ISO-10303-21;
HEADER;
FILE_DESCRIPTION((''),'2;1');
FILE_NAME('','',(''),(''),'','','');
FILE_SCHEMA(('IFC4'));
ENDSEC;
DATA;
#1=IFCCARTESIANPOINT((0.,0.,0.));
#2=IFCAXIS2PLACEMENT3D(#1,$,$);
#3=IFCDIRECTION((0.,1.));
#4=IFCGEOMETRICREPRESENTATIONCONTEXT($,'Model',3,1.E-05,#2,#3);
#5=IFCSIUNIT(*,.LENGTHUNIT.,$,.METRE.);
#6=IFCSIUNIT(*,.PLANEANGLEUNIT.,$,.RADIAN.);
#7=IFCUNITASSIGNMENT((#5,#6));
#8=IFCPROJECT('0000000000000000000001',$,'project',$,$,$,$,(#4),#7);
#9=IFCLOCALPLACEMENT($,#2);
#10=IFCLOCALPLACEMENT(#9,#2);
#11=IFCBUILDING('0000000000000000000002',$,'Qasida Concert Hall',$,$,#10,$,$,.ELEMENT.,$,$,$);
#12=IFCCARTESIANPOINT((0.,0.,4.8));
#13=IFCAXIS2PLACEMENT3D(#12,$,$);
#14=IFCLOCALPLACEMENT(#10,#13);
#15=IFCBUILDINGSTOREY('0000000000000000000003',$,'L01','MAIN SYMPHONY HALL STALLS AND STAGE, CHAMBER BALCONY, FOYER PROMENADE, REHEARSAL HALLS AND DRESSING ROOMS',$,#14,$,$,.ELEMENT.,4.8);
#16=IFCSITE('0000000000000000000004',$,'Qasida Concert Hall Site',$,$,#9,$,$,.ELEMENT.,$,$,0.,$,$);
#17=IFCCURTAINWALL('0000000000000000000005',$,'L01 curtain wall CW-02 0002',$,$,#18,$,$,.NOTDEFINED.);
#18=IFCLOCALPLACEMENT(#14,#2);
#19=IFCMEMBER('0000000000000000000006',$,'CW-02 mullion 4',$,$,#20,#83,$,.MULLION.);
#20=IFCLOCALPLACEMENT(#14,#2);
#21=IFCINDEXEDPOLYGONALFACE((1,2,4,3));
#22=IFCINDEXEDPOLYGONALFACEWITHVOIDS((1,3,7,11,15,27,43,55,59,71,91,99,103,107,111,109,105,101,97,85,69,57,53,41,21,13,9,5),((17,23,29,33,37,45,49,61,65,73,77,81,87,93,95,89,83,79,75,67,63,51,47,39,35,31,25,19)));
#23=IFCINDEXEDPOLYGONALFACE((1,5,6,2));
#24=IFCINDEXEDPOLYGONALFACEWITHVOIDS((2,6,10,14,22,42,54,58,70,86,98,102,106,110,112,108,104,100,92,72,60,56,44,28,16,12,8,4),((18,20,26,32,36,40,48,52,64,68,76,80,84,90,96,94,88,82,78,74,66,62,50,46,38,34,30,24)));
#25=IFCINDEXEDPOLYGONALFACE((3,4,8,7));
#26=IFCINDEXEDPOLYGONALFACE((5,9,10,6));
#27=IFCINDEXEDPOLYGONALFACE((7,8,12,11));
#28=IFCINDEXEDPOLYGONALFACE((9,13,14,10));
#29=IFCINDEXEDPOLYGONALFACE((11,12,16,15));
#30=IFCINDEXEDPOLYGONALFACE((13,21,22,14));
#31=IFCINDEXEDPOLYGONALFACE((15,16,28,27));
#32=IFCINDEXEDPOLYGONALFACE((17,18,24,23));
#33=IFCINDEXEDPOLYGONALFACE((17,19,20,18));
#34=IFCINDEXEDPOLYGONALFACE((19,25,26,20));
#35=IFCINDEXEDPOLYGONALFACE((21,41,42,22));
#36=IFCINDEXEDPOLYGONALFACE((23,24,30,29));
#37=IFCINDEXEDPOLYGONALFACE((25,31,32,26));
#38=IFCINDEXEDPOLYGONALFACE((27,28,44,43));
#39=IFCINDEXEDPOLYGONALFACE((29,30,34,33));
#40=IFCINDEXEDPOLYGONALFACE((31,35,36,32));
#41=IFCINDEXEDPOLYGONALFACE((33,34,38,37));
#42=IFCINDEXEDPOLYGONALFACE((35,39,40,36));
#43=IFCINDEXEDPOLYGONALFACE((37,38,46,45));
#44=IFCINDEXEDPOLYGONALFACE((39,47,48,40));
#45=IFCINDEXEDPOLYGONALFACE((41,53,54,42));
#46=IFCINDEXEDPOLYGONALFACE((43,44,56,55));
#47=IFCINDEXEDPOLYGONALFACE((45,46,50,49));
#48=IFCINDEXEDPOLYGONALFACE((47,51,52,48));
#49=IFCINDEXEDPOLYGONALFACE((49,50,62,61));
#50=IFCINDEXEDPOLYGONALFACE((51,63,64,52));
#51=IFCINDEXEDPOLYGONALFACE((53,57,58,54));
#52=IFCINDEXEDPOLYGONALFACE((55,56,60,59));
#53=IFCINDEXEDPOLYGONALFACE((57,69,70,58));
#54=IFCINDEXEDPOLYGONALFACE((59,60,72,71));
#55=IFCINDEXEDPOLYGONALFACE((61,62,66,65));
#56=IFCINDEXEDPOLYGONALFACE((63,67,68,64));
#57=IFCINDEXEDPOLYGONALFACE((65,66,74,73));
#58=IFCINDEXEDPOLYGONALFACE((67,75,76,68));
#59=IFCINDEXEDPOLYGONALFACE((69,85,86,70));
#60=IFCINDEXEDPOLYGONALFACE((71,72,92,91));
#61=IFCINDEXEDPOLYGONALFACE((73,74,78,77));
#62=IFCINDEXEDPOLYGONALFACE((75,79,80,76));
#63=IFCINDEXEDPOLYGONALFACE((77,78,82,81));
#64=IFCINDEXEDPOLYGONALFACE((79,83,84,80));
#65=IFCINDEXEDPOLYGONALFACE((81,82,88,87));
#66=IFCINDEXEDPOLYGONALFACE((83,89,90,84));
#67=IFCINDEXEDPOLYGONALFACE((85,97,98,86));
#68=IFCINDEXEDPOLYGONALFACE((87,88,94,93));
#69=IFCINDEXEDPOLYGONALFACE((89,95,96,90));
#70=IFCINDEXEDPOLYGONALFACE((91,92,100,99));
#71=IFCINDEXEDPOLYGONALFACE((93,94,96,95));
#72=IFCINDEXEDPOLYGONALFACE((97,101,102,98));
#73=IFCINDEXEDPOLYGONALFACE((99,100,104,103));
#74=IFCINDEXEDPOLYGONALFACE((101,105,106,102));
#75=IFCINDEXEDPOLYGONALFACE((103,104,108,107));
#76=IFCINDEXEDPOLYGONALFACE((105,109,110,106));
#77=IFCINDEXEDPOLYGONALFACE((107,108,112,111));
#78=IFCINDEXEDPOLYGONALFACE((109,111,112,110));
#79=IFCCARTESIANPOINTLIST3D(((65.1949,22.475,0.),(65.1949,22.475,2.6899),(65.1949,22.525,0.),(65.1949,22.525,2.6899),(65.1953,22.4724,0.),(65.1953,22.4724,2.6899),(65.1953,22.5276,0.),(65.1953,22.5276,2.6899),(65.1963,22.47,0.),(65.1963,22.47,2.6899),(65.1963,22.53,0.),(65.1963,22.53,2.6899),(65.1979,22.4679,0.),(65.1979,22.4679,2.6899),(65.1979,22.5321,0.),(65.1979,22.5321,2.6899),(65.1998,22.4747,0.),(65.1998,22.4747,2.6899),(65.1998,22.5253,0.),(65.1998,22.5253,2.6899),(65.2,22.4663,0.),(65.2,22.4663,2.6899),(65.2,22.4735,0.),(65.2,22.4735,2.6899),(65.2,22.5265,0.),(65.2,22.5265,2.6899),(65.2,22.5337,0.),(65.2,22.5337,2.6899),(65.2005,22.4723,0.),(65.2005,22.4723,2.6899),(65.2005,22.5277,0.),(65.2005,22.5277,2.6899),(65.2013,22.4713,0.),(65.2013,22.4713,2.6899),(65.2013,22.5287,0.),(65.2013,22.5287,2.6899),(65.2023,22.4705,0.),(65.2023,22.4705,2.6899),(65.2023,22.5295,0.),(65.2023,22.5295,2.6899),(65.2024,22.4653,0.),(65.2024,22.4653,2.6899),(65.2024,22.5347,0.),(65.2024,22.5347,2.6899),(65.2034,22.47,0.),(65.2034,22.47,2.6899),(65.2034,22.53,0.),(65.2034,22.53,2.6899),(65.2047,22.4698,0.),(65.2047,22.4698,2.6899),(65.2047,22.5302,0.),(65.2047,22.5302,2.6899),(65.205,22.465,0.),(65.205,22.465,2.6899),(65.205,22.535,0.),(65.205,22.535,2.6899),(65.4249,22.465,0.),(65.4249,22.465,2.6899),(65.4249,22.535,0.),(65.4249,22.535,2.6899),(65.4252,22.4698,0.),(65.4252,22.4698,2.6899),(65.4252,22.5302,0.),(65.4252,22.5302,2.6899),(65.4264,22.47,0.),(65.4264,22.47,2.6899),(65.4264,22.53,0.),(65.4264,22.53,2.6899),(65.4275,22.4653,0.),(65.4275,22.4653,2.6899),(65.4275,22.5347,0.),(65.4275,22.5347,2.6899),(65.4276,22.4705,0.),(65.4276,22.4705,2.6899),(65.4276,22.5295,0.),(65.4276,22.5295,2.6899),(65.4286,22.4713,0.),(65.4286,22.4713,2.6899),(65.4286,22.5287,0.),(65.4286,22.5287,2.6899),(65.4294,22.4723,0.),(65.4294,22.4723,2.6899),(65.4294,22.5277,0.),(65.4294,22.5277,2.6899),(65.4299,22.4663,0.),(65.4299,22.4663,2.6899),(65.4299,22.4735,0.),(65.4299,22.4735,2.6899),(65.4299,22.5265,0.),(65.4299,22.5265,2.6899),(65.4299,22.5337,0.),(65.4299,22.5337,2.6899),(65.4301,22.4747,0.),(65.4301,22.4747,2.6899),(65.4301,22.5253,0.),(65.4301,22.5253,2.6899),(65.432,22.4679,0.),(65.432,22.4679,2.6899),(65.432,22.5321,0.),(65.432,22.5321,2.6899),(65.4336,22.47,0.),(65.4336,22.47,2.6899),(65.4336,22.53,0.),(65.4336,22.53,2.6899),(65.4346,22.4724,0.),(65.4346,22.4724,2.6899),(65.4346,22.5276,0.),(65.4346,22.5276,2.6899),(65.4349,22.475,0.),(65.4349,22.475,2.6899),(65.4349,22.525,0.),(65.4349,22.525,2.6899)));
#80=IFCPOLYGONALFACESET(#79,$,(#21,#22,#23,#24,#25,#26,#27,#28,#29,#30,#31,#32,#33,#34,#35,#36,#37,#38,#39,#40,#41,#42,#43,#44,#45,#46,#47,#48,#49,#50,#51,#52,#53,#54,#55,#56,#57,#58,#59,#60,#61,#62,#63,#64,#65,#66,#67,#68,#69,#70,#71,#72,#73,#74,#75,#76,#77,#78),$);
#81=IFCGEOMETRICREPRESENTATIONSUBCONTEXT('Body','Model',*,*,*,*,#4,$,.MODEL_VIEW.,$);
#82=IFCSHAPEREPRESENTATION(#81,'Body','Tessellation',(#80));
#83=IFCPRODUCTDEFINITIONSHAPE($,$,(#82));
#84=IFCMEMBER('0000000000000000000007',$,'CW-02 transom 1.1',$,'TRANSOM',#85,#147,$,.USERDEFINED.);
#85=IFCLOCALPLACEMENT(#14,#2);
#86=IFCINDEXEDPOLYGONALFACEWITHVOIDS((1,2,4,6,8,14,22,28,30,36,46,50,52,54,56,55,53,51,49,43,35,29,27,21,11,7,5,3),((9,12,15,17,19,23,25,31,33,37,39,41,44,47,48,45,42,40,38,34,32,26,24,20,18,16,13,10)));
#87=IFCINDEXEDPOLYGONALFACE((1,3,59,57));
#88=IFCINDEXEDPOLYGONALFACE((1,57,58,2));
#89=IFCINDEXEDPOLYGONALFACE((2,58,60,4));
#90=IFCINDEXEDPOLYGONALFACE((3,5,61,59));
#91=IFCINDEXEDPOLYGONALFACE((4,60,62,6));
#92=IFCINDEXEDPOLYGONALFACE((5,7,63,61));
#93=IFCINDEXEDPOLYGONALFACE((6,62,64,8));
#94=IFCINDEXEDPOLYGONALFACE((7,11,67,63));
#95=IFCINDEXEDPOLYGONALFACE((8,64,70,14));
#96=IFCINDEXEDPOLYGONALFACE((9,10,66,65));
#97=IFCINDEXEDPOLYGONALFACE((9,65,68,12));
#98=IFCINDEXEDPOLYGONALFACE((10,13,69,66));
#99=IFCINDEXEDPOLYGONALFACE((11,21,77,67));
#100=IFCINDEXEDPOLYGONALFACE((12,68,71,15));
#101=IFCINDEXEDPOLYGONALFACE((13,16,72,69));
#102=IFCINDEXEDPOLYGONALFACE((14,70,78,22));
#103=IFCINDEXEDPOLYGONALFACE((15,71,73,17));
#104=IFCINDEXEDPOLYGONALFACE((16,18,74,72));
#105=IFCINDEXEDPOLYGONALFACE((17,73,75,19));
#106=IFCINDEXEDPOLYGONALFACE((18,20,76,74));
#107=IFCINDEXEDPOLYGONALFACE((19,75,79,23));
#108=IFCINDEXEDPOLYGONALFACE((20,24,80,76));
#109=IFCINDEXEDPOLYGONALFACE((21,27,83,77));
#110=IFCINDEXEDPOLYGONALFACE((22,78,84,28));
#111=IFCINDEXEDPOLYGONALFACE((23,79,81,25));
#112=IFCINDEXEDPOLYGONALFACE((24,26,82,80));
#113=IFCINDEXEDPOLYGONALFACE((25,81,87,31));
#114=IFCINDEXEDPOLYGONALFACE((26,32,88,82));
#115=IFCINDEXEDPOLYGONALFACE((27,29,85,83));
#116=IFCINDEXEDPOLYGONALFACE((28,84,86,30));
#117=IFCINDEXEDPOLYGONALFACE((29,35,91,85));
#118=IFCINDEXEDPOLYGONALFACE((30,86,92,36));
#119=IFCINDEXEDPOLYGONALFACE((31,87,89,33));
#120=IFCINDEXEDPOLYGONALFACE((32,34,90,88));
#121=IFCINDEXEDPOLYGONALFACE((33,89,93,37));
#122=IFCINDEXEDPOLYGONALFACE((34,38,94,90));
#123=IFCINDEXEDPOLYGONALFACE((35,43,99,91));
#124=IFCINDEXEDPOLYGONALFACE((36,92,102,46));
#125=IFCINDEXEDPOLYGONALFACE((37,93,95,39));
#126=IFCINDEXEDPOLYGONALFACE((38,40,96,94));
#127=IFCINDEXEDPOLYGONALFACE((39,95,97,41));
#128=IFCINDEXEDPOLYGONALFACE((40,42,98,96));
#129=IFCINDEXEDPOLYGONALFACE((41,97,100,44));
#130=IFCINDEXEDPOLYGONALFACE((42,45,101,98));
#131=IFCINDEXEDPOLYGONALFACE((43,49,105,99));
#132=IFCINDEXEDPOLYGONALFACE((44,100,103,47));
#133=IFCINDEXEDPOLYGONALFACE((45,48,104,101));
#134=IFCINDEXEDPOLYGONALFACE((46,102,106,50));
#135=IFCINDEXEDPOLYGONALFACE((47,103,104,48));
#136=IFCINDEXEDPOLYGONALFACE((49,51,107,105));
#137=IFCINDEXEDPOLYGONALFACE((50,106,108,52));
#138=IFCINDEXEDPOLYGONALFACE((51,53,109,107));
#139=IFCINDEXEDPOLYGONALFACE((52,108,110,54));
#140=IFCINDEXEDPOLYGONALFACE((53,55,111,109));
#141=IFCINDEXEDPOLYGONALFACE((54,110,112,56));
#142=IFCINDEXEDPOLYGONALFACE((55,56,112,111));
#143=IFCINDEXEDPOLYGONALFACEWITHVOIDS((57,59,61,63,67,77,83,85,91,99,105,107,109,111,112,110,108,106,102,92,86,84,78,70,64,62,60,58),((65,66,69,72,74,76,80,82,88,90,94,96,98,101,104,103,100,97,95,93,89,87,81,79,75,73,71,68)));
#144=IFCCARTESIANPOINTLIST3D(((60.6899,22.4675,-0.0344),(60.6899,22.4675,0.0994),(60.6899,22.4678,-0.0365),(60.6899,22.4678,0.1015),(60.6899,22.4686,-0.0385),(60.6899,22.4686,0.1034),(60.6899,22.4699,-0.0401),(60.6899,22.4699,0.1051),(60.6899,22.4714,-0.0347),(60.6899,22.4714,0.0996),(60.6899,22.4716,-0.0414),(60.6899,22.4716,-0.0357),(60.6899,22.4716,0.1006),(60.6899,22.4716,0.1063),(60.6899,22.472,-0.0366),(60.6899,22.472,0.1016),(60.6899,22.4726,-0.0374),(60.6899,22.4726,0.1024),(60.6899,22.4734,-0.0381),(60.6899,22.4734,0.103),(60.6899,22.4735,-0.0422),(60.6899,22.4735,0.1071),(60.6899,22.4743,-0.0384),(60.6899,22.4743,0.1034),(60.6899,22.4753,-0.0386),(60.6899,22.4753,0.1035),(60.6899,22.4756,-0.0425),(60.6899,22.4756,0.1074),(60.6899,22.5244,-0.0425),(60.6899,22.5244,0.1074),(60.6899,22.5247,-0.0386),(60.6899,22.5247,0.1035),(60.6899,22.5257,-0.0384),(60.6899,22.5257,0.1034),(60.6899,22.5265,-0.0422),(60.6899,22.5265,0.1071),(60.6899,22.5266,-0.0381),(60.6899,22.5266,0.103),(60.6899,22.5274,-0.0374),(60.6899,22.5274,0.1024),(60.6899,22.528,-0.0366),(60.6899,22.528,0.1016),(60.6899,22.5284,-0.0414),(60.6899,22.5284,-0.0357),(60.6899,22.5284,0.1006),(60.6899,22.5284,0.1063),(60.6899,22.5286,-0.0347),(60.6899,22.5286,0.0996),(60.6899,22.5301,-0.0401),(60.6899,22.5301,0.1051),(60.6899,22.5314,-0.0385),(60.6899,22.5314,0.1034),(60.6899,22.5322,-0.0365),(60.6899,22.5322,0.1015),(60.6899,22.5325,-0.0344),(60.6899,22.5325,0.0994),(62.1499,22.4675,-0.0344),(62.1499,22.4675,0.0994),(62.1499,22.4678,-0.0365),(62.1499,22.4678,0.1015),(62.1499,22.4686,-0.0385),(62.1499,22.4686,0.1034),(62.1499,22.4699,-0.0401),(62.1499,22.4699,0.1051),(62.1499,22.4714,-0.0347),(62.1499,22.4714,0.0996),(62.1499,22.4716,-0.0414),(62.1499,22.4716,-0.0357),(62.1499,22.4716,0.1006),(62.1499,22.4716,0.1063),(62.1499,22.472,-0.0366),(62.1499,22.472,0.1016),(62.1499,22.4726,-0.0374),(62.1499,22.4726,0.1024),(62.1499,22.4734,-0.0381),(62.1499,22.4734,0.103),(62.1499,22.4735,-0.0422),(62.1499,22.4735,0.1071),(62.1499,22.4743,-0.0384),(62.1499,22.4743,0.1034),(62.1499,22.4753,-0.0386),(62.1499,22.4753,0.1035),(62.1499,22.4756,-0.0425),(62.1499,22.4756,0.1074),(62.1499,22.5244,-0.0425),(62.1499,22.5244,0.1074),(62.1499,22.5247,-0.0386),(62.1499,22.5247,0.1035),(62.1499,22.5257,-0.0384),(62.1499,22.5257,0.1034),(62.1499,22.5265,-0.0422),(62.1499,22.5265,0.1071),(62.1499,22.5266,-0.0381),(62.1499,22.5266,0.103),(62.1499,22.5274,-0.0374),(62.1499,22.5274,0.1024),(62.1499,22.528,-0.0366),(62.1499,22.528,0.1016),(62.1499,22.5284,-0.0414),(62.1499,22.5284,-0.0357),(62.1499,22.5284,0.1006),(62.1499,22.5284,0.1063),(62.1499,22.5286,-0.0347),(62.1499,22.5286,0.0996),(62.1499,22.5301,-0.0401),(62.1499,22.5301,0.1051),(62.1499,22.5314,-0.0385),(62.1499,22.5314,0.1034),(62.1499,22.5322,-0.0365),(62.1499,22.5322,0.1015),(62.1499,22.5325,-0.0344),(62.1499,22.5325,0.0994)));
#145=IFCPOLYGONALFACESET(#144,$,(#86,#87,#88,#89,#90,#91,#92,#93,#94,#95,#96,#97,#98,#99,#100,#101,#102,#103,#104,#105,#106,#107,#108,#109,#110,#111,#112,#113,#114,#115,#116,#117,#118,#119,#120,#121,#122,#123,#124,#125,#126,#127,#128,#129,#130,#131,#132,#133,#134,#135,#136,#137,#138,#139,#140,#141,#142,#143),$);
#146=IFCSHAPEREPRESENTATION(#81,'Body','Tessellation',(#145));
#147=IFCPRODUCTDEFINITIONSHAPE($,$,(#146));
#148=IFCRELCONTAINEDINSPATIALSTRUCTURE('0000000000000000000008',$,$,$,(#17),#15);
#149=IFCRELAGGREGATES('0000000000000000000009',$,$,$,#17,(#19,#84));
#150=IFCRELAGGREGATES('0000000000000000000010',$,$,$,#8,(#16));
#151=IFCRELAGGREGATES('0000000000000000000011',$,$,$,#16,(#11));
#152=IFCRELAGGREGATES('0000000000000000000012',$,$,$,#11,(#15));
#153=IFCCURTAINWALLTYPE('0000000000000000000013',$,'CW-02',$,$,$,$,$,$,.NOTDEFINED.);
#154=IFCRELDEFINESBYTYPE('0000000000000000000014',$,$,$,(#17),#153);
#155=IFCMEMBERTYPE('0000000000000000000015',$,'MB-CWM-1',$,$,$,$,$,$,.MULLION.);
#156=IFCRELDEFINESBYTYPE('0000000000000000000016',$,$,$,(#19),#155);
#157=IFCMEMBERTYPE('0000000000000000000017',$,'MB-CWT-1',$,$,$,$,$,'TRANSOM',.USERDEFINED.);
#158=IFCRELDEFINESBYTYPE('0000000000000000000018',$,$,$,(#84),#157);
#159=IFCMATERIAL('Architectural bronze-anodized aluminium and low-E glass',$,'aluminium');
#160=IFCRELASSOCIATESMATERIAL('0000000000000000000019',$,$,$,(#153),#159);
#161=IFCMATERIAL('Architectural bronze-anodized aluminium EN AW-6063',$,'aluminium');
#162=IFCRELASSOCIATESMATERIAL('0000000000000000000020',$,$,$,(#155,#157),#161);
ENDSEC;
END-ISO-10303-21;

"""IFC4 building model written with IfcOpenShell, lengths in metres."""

from ifc_helpers import new_model, si_unit, direction, frame, origin, origin_2d, place, context, subcontext, project, spatial, hollow_rectangle, extrude, material, material_profile, profile_set, type_object, element, aggregate, save


model = new_model("IFC4")

# Units and contexts
model_context = context("Model", 3, precision=1e-05, world=origin(), true_north=direction((0.0, 1.0)))
body_context = subcontext(model_context, "Body", "Model", "MODEL_VIEW")
ifc_project = project(units=[si_unit("LENGTHUNIT", "METRE"), si_unit("PLANEANGLEUNIT", "RADIAN")], contexts=[model_context])

# Site, building, storey
site_placement = place(None, origin())
site = spatial("IfcSite", under=ifc_project, at=site_placement, Name="Qasida Concert Hall Site", CompositionType="ELEMENT", RefElevation=0.0)
building_placement = place(site_placement, origin())
building = spatial("IfcBuilding", under=site, at=building_placement, Name="Qasida Concert Hall", CompositionType="ELEMENT")
storey_placement = place(building_placement, frame((0.0, 0.0, 4.8)))
storey = spatial("IfcBuildingStorey", under=building, at=storey_placement, Name="L01", Description="MAIN SYMPHONY HALL STALLS AND STAGE, CHAMBER BALCONY, FOYER PROMENADE, REHEARSAL HALLS AND DRESSING ROOMS", CompositionType="ELEMENT", Elevation=4.8)

# Curtain wall, members
ifc_material_1 = material(Name="Architectural bronze-anodized aluminium and low-E glass", Category="aluminium")
curtain_wall_type = type_object("IfcCurtainWallType", Name="CW-02", PredefinedType="NOTDEFINED", material=ifc_material_1)
curtain_wall_placement = place(storey_placement, origin())
curtain_wall = element("IfcCurtainWall", 1, at=curtain_wall_placement, inside=storey, type_object=curtain_wall_type, Name="L01 curtain wall CW-02 0002", PredefinedType="NOTDEFINED")
ifc_material_2 = material(Name="Architectural bronze-anodized aluminium EN AW-6063", Category="aluminium")
ifc_material_profile_1 = material_profile(ifc_material_2, hollow_rectangle(XDim=0.0701, YDim=0.24, WallThickness=0.0049, InnerFilletRadius=0.0049, OuterFilletRadius=0.01, at=origin_2d()), Name="CWM 240x70x5")
ifc_profile_set_1 = profile_set([ifc_material_profile_1], Name="Architectural bronze-anodized aluminium EN AW-6063")
member_type_1 = type_object("IfcMemberType", Name="MB-CWM-1", PredefinedType="MULLION", material=ifc_profile_set_1)
member_1_placement = place(storey_placement, frame((65.3149, 22.5, 0.0), z_axis=(0.0, 0.0, 1.0), x_axis=(0.0, 1.0, 0.0)))
member_1 = element("IfcMember", 2, at=member_1_placement, type_object=member_type_1, Name="CW-02 mullion 4", PredefinedType="MULLION", context=body_context, shape_type="SweptSolid", body=[
    extrude(hollow_rectangle(XDim=0.0701, YDim=0.24, WallThickness=0.0049, InnerFilletRadius=0.0049, OuterFilletRadius=0.01, at=origin_2d()), origin(), (0.0, 0.0, 1.0), 2.6899),
])
ifc_material_profile_2 = material_profile(ifc_material_2, hollow_rectangle(XDim=0.0649, YDim=0.1499, WallThickness=0.0039, InnerFilletRadius=0.0039, OuterFilletRadius=0.0081, at=origin_2d()), Name="CWT 150x65x4")
ifc_profile_set_2 = profile_set([ifc_material_profile_2], Name="Architectural bronze-anodized aluminium EN AW-6063")
member_type_2 = type_object("IfcMemberType", Name="MB-CWT-1", ElementType="TRANSOM", PredefinedType="USERDEFINED", material=ifc_profile_set_2)
member_2_placement = place(storey_placement, frame((60.6899, 22.5, 0.0325), z_axis=(1.0, 0.0, 0.0), x_axis=(0.0, 1.0, 0.0)))
member_2 = element("IfcMember", 3, at=member_2_placement, type_object=member_type_2, Name="CW-02 transom 1.1", ObjectType="TRANSOM", PredefinedType="USERDEFINED", context=body_context, shape_type="SweptSolid", body=[
    extrude(hollow_rectangle(XDim=0.0649, YDim=0.1499, WallThickness=0.0039, InnerFilletRadius=0.0039, OuterFilletRadius=0.0081, at=origin_2d()), origin(), (0.0, 0.0, 1.0), 1.46),
])
aggregate(curtain_wall, [member_1, member_2])

save(model, "model.ifc")
